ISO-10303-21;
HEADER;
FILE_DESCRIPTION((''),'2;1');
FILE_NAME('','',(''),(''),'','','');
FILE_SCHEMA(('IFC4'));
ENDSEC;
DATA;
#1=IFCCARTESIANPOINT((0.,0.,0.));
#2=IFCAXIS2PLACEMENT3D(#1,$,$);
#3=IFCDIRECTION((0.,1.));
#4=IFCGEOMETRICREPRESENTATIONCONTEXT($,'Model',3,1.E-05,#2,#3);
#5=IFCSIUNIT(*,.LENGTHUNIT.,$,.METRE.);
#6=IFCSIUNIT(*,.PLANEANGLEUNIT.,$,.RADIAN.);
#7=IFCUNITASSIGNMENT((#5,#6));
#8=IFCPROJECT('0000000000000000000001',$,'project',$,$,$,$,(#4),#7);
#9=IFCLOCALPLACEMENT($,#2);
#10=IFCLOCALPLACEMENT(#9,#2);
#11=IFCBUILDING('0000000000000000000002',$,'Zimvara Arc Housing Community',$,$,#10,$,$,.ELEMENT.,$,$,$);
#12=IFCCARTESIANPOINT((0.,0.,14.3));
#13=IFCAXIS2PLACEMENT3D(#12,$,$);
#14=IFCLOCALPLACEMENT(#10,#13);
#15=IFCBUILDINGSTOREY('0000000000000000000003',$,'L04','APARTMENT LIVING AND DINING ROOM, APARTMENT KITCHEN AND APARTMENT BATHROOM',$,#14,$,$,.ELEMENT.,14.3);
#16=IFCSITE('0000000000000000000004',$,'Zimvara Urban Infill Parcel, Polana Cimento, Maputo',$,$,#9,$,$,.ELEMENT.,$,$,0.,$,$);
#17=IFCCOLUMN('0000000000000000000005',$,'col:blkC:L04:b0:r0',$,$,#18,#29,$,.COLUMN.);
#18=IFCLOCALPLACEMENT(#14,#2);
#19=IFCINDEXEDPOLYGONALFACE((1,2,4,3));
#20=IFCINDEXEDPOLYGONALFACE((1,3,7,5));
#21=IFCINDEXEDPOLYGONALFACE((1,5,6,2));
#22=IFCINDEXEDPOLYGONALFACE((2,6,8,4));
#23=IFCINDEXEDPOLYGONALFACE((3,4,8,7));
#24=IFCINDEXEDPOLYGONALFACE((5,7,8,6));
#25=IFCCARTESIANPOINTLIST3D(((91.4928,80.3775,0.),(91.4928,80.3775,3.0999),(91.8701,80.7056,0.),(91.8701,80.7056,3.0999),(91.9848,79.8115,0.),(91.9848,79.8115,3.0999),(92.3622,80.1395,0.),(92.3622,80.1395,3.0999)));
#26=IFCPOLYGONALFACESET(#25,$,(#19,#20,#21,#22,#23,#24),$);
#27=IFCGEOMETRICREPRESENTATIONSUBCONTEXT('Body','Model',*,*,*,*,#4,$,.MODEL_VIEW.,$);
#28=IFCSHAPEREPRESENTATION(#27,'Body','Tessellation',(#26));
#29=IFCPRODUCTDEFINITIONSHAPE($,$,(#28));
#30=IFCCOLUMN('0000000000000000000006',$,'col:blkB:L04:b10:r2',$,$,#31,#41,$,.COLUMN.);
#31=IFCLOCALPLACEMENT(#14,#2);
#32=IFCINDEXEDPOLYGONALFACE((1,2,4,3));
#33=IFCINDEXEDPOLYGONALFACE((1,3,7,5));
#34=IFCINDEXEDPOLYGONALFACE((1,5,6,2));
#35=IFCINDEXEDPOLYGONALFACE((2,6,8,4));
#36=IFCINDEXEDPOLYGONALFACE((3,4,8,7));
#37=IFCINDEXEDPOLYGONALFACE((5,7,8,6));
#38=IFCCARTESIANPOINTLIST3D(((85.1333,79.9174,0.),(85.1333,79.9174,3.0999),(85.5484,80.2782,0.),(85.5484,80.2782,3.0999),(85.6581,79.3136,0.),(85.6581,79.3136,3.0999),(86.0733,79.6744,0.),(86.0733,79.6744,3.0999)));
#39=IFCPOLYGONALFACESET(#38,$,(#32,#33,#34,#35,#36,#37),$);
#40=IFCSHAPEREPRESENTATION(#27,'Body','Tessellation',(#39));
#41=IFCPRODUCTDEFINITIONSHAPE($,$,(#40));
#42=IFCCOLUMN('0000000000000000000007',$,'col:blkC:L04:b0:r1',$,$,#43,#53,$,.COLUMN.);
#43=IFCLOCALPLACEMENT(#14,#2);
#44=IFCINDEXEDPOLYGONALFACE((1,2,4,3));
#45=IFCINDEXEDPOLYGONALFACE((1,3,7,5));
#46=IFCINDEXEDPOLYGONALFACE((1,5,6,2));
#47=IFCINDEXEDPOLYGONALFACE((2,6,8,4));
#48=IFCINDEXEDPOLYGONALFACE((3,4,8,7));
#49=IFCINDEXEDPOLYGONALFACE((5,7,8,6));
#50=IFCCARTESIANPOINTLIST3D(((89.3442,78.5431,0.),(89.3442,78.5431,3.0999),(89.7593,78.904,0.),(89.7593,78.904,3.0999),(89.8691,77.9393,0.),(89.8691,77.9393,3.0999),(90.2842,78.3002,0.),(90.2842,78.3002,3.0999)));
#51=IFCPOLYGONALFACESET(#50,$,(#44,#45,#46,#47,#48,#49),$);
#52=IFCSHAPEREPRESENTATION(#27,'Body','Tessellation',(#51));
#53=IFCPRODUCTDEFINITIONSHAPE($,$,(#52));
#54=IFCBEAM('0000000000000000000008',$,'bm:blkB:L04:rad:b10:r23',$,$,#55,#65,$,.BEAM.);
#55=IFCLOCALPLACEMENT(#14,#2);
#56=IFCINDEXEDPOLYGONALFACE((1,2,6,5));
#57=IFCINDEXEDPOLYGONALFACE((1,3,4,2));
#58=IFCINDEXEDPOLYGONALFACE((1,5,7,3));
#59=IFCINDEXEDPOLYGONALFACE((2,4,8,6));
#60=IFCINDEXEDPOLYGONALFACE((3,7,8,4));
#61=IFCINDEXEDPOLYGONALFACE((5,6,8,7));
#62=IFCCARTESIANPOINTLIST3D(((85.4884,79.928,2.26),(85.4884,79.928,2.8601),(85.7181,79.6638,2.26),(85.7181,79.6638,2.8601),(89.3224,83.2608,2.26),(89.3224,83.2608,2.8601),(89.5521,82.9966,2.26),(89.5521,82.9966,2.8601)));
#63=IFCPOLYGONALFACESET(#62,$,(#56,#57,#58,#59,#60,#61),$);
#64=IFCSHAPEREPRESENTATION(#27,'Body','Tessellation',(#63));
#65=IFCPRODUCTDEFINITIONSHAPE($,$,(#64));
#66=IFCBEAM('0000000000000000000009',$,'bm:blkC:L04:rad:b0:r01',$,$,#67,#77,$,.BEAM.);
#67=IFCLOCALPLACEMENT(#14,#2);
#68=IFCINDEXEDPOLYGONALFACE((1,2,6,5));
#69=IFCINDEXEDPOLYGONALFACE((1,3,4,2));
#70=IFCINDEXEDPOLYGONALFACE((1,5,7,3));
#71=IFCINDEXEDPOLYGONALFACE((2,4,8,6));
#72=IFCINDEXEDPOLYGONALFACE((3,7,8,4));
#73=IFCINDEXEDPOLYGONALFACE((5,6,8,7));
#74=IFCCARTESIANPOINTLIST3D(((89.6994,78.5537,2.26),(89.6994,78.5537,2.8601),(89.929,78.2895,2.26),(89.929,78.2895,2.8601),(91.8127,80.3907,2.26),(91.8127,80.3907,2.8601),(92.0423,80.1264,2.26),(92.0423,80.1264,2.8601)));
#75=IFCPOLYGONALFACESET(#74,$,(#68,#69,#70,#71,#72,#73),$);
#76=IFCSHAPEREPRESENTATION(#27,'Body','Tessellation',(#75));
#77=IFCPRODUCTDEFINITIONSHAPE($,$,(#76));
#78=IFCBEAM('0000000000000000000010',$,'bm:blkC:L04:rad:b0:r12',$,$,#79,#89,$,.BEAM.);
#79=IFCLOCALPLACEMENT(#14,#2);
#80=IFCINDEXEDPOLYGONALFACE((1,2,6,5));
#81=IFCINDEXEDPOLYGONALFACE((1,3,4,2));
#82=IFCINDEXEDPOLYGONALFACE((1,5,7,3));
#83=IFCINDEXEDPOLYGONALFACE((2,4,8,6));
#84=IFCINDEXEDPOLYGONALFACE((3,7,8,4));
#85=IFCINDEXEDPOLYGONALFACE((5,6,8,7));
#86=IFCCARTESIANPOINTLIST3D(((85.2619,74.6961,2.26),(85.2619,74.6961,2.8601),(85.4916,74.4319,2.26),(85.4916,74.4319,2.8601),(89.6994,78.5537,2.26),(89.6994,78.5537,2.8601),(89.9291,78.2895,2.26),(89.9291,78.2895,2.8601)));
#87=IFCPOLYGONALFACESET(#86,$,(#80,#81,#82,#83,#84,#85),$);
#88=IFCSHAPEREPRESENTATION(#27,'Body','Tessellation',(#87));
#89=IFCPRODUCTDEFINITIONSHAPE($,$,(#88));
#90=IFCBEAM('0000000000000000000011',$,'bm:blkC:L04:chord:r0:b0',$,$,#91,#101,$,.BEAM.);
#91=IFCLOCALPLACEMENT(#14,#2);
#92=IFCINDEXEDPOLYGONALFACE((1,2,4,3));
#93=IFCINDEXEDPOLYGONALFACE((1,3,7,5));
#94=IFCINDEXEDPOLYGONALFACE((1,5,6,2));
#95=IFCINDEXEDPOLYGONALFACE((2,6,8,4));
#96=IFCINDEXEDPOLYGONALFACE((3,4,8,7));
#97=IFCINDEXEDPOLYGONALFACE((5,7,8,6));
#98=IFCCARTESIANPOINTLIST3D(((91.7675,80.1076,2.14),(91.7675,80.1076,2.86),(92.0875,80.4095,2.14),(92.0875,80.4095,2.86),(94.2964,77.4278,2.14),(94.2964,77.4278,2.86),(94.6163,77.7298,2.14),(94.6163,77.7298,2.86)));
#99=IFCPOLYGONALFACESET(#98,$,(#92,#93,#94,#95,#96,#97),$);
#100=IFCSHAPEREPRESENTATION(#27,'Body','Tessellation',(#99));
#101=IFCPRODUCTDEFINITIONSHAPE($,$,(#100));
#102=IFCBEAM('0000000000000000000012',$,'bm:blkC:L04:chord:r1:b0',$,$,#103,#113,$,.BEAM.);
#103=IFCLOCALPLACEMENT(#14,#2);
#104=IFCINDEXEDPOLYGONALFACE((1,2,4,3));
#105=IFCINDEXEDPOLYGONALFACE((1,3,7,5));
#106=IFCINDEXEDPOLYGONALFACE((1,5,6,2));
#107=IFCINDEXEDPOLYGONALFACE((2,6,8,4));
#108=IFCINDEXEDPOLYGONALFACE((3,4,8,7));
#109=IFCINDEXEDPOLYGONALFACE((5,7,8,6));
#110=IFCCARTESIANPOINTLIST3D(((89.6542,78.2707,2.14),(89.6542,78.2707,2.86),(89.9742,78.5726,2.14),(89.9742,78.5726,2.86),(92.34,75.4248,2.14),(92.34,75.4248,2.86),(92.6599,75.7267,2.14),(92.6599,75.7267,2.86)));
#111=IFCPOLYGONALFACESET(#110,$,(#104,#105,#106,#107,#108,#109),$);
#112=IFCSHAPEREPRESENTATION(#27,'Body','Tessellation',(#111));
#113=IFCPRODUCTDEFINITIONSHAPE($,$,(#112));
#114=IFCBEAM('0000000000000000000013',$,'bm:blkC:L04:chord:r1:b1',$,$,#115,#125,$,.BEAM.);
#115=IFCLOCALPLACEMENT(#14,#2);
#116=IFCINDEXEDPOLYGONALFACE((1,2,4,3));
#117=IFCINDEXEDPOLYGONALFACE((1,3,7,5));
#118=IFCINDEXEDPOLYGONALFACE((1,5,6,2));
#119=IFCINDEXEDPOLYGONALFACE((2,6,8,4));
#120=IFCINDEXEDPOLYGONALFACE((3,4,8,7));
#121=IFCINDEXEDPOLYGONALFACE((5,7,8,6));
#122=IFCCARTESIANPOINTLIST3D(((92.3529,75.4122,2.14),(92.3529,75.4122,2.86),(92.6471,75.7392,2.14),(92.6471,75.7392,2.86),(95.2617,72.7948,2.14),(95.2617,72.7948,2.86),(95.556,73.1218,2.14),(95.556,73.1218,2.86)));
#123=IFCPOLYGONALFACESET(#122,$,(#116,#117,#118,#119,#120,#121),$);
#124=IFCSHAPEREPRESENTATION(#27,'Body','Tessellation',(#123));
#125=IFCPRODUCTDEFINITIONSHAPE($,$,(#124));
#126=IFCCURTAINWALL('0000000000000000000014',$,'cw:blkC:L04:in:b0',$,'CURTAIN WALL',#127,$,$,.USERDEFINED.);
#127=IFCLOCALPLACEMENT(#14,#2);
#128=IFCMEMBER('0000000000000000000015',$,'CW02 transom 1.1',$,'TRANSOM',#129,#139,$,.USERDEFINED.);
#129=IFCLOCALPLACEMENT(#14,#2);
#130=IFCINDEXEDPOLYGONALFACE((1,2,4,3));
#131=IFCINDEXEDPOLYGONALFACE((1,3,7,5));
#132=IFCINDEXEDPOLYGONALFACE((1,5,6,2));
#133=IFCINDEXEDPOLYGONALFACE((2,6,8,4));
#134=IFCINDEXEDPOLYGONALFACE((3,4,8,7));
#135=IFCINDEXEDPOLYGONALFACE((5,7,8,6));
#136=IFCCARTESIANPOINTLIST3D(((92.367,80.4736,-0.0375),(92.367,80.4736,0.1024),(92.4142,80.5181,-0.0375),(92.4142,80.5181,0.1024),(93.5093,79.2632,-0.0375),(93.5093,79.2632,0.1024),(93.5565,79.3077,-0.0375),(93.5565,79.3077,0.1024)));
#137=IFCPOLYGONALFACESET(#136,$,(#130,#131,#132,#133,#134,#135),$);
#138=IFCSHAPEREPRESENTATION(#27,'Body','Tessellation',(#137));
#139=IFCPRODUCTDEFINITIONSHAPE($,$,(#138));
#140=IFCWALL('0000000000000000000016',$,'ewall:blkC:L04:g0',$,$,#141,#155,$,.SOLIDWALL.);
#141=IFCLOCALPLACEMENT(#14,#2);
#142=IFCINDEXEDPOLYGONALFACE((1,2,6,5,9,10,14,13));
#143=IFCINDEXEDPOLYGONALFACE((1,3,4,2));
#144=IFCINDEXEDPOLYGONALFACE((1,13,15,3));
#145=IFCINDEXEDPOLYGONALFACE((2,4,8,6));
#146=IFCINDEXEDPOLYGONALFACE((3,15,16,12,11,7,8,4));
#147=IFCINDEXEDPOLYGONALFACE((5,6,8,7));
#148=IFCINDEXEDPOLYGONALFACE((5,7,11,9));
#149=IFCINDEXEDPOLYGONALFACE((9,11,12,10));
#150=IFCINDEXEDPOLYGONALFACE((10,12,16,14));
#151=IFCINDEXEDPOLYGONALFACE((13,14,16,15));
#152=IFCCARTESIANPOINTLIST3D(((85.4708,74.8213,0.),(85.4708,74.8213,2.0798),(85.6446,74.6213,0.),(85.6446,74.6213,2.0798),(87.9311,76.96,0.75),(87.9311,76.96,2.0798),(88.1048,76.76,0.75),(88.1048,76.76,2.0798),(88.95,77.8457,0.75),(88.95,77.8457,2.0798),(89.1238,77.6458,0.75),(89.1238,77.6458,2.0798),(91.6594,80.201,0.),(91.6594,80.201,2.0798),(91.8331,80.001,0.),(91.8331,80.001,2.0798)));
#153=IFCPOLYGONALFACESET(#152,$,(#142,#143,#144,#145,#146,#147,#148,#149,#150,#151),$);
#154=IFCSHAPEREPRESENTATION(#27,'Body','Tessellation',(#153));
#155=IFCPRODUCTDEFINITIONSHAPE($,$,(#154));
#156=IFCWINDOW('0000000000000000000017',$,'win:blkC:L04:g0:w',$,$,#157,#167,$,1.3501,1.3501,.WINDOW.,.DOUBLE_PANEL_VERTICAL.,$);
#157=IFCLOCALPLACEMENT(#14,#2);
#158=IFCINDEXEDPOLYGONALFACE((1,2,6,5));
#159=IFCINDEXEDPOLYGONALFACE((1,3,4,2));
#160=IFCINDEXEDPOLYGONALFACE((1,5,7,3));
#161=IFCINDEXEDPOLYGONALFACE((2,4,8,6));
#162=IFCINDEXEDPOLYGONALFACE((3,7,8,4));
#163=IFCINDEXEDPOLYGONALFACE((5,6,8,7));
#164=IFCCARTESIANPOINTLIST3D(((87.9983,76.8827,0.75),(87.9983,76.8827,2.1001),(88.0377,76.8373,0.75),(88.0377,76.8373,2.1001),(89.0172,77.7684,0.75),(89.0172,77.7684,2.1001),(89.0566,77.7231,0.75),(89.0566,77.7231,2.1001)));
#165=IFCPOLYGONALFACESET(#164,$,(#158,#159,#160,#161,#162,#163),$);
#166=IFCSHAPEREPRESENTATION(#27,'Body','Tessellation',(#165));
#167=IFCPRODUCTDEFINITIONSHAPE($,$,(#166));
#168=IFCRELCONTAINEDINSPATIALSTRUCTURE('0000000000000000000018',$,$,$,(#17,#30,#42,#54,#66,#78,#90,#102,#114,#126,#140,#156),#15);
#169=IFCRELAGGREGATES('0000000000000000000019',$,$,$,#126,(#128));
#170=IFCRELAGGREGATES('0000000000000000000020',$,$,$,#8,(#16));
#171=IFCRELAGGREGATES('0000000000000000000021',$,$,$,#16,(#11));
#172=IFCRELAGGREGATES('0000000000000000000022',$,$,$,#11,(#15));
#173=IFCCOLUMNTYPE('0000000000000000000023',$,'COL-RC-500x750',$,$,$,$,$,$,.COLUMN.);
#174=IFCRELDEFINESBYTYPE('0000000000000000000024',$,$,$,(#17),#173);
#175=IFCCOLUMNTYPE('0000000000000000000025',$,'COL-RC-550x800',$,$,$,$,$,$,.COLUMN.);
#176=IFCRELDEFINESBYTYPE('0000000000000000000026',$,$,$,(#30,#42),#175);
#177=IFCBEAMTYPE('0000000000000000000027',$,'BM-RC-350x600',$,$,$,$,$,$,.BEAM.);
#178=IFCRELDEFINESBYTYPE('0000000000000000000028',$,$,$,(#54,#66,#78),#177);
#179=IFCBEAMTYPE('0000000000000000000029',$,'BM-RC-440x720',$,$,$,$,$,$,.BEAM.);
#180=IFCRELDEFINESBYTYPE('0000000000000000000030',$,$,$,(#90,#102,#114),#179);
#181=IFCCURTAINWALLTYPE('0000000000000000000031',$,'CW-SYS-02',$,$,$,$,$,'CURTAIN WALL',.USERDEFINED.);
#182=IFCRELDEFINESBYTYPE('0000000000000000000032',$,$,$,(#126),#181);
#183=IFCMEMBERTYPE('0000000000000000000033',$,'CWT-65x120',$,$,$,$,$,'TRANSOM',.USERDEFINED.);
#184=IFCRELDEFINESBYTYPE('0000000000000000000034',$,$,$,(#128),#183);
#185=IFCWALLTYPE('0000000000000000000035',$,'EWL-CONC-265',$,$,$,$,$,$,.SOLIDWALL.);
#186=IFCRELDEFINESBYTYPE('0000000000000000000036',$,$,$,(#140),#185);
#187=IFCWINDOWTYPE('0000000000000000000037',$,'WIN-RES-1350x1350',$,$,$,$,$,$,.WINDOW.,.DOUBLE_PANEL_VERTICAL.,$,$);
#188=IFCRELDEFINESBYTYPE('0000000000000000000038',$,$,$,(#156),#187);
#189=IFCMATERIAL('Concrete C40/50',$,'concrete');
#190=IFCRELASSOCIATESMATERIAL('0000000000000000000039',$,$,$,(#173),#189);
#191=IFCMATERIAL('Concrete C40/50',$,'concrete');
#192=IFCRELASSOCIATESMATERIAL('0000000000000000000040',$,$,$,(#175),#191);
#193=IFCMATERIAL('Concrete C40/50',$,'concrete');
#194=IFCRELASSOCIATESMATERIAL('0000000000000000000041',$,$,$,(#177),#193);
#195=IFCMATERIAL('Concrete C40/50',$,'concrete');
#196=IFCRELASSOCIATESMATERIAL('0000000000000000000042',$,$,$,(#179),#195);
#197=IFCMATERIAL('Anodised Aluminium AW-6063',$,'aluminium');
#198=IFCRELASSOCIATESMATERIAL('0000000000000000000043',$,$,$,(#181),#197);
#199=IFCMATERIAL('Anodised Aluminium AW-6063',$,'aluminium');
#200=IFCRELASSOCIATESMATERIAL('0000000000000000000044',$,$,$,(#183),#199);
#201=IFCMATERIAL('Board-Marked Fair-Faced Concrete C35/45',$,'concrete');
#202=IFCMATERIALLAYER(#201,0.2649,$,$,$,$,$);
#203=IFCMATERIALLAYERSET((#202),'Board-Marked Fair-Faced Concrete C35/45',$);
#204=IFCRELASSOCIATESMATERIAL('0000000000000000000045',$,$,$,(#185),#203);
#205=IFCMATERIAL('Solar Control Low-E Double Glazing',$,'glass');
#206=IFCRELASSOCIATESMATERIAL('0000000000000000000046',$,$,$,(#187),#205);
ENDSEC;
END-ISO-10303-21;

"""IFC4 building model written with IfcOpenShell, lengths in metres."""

from ifc_helpers import new_model, si_unit, direction, frame, frame_2d, origin, origin_2d, place, context, subcontext, project, spatial, rectangle, extrude, material, layer, layer_set, material_profile, profile_set, type_object, element, fill, aggregate, save


model = new_model("IFC4")

# Units and contexts
model_context = context("Model", 3, precision=1e-05, world=origin(), true_north=direction((0.0, 1.0)))
body_context = subcontext(model_context, "Body", "Model", "MODEL_VIEW")
ifc_project = project(units=[si_unit("LENGTHUNIT", "METRE"), si_unit("PLANEANGLEUNIT", "RADIAN")], contexts=[model_context])

# Site, building, storey
site_placement = place(None, origin())
site = spatial("IfcSite", under=ifc_project, at=site_placement, Name="Zimvara Urban Infill Parcel, Polana Cimento, Maputo", CompositionType="ELEMENT", RefElevation=0.0)
building_placement = place(site_placement, origin())
building = spatial("IfcBuilding", under=site, at=building_placement, Name="Zimvara Arc Housing Community", CompositionType="ELEMENT")
storey_placement = place(building_placement, frame((0.0, 0.0, 14.3)))
storey = spatial("IfcBuildingStorey", under=building, at=storey_placement, Name="L04", Description="APARTMENT LIVING AND DINING ROOM, APARTMENT KITCHEN AND APARTMENT BATHROOM", CompositionType="ELEMENT", Elevation=14.3)

# Columns
ifc_material_1 = material(Name="Concrete C40/50", Category="concrete")
ifc_material_profile_1 = material_profile(ifc_material_1, rectangle(XDim=0.5, YDim=0.75, at=origin_2d()), Name="RC 500x750")
ifc_profile_set_1 = profile_set([ifc_material_profile_1], Name="Concrete C40/50")
column_type_1 = type_object("IfcColumnType", Name="COL-RC-500x750", PredefinedType="COLUMN", material=ifc_profile_set_1)
column_placement = place(storey_placement, frame((91.9275, 80.2585, 0.0), z_axis=(0.0, 0.0, 1.0), x_axis=(-0.75471, -0.656059, 0.0)))
element("IfcColumn", 1, at=column_placement, inside=storey, type_object=column_type_1, Name="col:blkC:L04:b0:r0", PredefinedType="COLUMN", context=body_context, shape_type="SweptSolid", body=[
    extrude(rectangle(XDim=0.5, YDim=0.75, at=origin_2d()), origin(), (0.0, 0.0, 1.0), 3.0999),
])
ifc_material_2 = material(Name="Concrete C40/50", Category="concrete")
ifc_material_profile_2 = material_profile(ifc_material_2, rectangle(XDim=0.55, YDim=0.8, at=origin_2d()), Name="RC 550x800")
ifc_profile_set_2 = profile_set([ifc_material_profile_2], Name="Concrete C40/50")
column_type_2 = type_object("IfcColumnType", Name="COL-RC-550x800", PredefinedType="COLUMN", material=ifc_profile_set_2)
for number, where, z_axis, x_axis, name in (
    (2, (85.6033, 79.7959, 0.0), (0.0, 0.0, 1.0), (0.75471, 0.656059, 0.0), "col:blkB:L04:b10:r2"),
    (3, (89.8142, 78.4216, 0.0), (0.0, 0.0, 1.0), (-0.75471, -0.656059, 0.0), "col:blkC:L04:b0:r1"),
):
    element("IfcColumn", number, at=place(storey_placement, frame(where, z_axis=z_axis, x_axis=x_axis)), inside=storey, type_object=column_type_2, Name=name, PredefinedType="COLUMN", context=body_context, shape_type="SweptSolid", body=[
        extrude(rectangle(XDim=0.55, YDim=0.8, at=origin_2d()), origin(), (0.0, 0.0, 1.0), 3.0999),
    ])

# Beams
ifc_material_3 = material(Name="Concrete C40/50", Category="concrete")
ifc_material_profile_3 = material_profile(ifc_material_3, rectangle(XDim=0.3501, YDim=0.6001, at=origin_2d()), Name="RC 350x600")
ifc_profile_set_3 = profile_set([ifc_material_profile_3], Name="Concrete C40/50")
beam_type_1 = type_object("IfcBeamType", Name="BM-RC-350x600", PredefinedType="BEAM", material=ifc_profile_set_3)
beam_1_placement = place(storey_placement, frame((85.6033, 79.7959, 2.5601), z_axis=(0.754716, 0.656051, 0.0), x_axis=(-0.656051, 0.754716, 0.0)))
element("IfcBeam", 4, at=beam_1_placement, inside=storey, type_object=beam_type_1, Name="bm:blkB:L04:rad:b10:r23", PredefinedType="BEAM", context=body_context, shape_type="SweptSolid", body=[
    extrude(rectangle(XDim=0.3501, YDim=0.6001, at=origin_2d()), origin(), (0.0, 0.0, 1.0), 5.0801),
])
beam_2_placement = place(storey_placement, frame((91.9275, 80.2585, 2.5601), z_axis=(-0.754733, -0.656032, 0.0), x_axis=(0.656032, -0.754733, 0.0)))
element("IfcBeam", 5, at=beam_2_placement, inside=storey, type_object=beam_type_1, Name="bm:blkC:L04:rad:b0:r01", PredefinedType="BEAM", context=body_context, shape_type="SweptSolid", body=[
    extrude(rectangle(XDim=0.3501, YDim=0.6001, at=origin_2d()), origin(), (0.0, 0.0, 1.0), 2.8),
])
beam_3_placement = place(storey_placement, frame((89.8142, 78.4216, 2.5601), z_axis=(-0.754692, -0.656079, 0.0), x_axis=(0.656079, -0.754692, 0.0)))
element("IfcBeam", 6, at=beam_3_placement, inside=storey, type_object=beam_type_1, Name="bm:blkC:L04:rad:b0:r12", PredefinedType="BEAM", context=body_context, shape_type="SweptSolid", body=[
    extrude(rectangle(XDim=0.3501, YDim=0.6001, at=origin_2d()), origin(), (0.0, 0.0, 1.0), 5.8799),
])
ifc_material_4 = material(Name="Concrete C40/50", Category="concrete")
ifc_material_profile_4 = material_profile(ifc_material_4, rectangle(XDim=0.4399, YDim=0.72, at=origin_2d()), Name="RC 440x720")
ifc_profile_set_4 = profile_set([ifc_material_profile_4], Name="Concrete C40/50")
beam_type_2 = type_object("IfcBeamType", Name="BM-RC-440x720", PredefinedType="BEAM", material=ifc_profile_set_4)
beam_4_placement = place(storey_placement, frame((91.9275, 80.2585, 2.5), z_axis=(0.686336, -0.727285, 0.0), x_axis=(0.727285, 0.686336, 0.0)))
element("IfcBeam", 7, at=beam_4_placement, inside=storey, type_object=beam_type_2, Name="bm:blkC:L04:chord:r0:b0", PredefinedType="BEAM", context=body_context, shape_type="SweptSolid", body=[
    extrude(rectangle(XDim=0.4399, YDim=0.72, at=origin_2d()), origin(), (0.0, 0.0, 1.0), 3.6846),
])
for number, where, z_axis, x_axis, name in (
    (8, (89.8142, 78.4216, 2.5), (0.686347, -0.727274, 0.0), (0.727274, 0.686347, 0.0), "bm:blkC:L04:chord:r1:b0"),
    (9, (92.5, 75.5757, 2.5), (0.743372, -0.668879, 0.0), (0.668879, 0.743372, 0.0), "bm:blkC:L04:chord:r1:b1"),
):
    element("IfcBeam", number, at=place(storey_placement, frame(where, z_axis=z_axis, x_axis=x_axis)), inside=storey, type_object=beam_type_2, Name=name, PredefinedType="BEAM", context=body_context, shape_type="SweptSolid", body=[
        extrude(rectangle(XDim=0.4399, YDim=0.72, at=origin_2d()), origin(), (0.0, 0.0, 1.0), 3.9131),
    ])

# Curtain wall, member
ifc_material_5 = material(Name="Anodised Aluminium AW-6063", Category="aluminium")
curtain_wall_type = type_object("IfcCurtainWallType", Name="CW-SYS-02", ElementType="CURTAIN WALL", PredefinedType="USERDEFINED", material=ifc_material_5)
curtain_wall_placement = place(storey_placement, origin())
curtain_wall = element("IfcCurtainWall", 10, at=curtain_wall_placement, inside=storey, type_object=curtain_wall_type, Name="cw:blkC:L04:in:b0", ObjectType="CURTAIN WALL", PredefinedType="USERDEFINED")
ifc_material_6 = material(Name="Anodised Aluminium AW-6063", Category="aluminium")
ifc_material_profile_5 = material_profile(ifc_material_6, rectangle(XDim=0.0649, YDim=0.1399, at=origin_2d()), Name="ALU 65x140")
ifc_profile_set_5 = profile_set([ifc_material_profile_5], Name="Anodised Aluminium AW-6063")
member_type = type_object("IfcMemberType", Name="CWT-65x120", ElementType="TRANSOM", PredefinedType="USERDEFINED", material=ifc_profile_set_5)
member_placement = place(storey_placement, frame((92.3906, 80.4958, 0.0325), z_axis=(0.686348, -0.727273, 0.0), x_axis=(0.727273, 0.686348, 0.0)))
member = element("IfcMember", 11, at=member_placement, type_object=member_type, Name="CW02 transom 1.1", ObjectType="TRANSOM", PredefinedType="USERDEFINED", context=body_context, shape_type="SweptSolid", body=[
    extrude(rectangle(XDim=0.0649, YDim=0.1399, at=origin_2d()), origin(), (0.0, 0.0, 1.0), 1.6643),
])
aggregate(curtain_wall, [member])

# Wall, opening, window
ifc_material_7 = material(Name="Board-Marked Fair-Faced Concrete C35/45", Category="concrete")
ifc_layer_1 = layer(ifc_material_7, 0.2649)
ifc_layer_set_1 = layer_set([ifc_layer_1], Name="Board-Marked Fair-Faced Concrete C35/45")
wall_type_1 = type_object("IfcWallType", Name="EWL-CONC-265", PredefinedType="SOLIDWALL", material=ifc_layer_set_1)
wall_1_placement = place(storey_placement, frame((91.7463, 80.1011, 0.0), z_axis=(0.0, 0.0, 1.0), x_axis=(-0.754705, -0.656064, 0.0)))
wall_1 = element("IfcWall", 12, at=wall_1_placement, inside=storey, type_object=wall_type_1, Name="ewall:blkC:L04:g0", PredefinedType="SOLIDWALL", context=body_context, shape_type="SweptSolid", body=[
    extrude(rectangle(XDim=8.2, YDim=0.2649, at=frame_2d((4.1001, 0.0))), origin(), (0.0, 0.0, 1.0), 2.0798),
])
opening_1_placement = place(wall_1_placement, frame((3.5901, 0.0, 0.75)))
opening_1 = element("IfcOpeningElement", 13, at=opening_1_placement, cuts=wall_1, PredefinedType="OPENING", context=body_context, shape_type="SweptSolid", body=[
    extrude(rectangle(XDim=1.3501, YDim=1.3501, at=frame_2d((0.675, 0.675))), frame((0.0, 0.1423, 0.0), z_axis=(0.0, -1.0, 0.0), x_axis=(1.0, 0.0, 0.0)), (0.0, 0.0, 1.0), 0.2849),
])
ifc_material_8 = material(Name="Solar Control Low-E Double Glazing", Category="glass")
window_type = type_object("IfcWindowType", Name="WIN-RES-1350x1350", PartitioningType="DOUBLE_PANEL_VERTICAL", PredefinedType="WINDOW", material=ifc_material_8)
window_placement = place(opening_1_placement, origin())
window = element("IfcWindow", 14, at=window_placement, inside=storey, type_object=window_type, Name="win:blkC:L04:g0:w", OverallHeight=1.3501, OverallWidth=1.3501, PartitioningType="DOUBLE_PANEL_VERTICAL", PredefinedType="WINDOW", context=body_context, shape_type="SweptSolid", body=[
    extrude(rectangle(XDim=1.3501, YDim=1.3501, at=frame_2d((0.675, 0.675))), frame((0.0, 0.03, 0.0), z_axis=(0.0, -1.0, 0.0), x_axis=(1.0, 0.0, 0.0)), (0.0, 0.0, 1.0), 0.0601),
])
fill(opening_1, window)

save(model, "model.ifc")
